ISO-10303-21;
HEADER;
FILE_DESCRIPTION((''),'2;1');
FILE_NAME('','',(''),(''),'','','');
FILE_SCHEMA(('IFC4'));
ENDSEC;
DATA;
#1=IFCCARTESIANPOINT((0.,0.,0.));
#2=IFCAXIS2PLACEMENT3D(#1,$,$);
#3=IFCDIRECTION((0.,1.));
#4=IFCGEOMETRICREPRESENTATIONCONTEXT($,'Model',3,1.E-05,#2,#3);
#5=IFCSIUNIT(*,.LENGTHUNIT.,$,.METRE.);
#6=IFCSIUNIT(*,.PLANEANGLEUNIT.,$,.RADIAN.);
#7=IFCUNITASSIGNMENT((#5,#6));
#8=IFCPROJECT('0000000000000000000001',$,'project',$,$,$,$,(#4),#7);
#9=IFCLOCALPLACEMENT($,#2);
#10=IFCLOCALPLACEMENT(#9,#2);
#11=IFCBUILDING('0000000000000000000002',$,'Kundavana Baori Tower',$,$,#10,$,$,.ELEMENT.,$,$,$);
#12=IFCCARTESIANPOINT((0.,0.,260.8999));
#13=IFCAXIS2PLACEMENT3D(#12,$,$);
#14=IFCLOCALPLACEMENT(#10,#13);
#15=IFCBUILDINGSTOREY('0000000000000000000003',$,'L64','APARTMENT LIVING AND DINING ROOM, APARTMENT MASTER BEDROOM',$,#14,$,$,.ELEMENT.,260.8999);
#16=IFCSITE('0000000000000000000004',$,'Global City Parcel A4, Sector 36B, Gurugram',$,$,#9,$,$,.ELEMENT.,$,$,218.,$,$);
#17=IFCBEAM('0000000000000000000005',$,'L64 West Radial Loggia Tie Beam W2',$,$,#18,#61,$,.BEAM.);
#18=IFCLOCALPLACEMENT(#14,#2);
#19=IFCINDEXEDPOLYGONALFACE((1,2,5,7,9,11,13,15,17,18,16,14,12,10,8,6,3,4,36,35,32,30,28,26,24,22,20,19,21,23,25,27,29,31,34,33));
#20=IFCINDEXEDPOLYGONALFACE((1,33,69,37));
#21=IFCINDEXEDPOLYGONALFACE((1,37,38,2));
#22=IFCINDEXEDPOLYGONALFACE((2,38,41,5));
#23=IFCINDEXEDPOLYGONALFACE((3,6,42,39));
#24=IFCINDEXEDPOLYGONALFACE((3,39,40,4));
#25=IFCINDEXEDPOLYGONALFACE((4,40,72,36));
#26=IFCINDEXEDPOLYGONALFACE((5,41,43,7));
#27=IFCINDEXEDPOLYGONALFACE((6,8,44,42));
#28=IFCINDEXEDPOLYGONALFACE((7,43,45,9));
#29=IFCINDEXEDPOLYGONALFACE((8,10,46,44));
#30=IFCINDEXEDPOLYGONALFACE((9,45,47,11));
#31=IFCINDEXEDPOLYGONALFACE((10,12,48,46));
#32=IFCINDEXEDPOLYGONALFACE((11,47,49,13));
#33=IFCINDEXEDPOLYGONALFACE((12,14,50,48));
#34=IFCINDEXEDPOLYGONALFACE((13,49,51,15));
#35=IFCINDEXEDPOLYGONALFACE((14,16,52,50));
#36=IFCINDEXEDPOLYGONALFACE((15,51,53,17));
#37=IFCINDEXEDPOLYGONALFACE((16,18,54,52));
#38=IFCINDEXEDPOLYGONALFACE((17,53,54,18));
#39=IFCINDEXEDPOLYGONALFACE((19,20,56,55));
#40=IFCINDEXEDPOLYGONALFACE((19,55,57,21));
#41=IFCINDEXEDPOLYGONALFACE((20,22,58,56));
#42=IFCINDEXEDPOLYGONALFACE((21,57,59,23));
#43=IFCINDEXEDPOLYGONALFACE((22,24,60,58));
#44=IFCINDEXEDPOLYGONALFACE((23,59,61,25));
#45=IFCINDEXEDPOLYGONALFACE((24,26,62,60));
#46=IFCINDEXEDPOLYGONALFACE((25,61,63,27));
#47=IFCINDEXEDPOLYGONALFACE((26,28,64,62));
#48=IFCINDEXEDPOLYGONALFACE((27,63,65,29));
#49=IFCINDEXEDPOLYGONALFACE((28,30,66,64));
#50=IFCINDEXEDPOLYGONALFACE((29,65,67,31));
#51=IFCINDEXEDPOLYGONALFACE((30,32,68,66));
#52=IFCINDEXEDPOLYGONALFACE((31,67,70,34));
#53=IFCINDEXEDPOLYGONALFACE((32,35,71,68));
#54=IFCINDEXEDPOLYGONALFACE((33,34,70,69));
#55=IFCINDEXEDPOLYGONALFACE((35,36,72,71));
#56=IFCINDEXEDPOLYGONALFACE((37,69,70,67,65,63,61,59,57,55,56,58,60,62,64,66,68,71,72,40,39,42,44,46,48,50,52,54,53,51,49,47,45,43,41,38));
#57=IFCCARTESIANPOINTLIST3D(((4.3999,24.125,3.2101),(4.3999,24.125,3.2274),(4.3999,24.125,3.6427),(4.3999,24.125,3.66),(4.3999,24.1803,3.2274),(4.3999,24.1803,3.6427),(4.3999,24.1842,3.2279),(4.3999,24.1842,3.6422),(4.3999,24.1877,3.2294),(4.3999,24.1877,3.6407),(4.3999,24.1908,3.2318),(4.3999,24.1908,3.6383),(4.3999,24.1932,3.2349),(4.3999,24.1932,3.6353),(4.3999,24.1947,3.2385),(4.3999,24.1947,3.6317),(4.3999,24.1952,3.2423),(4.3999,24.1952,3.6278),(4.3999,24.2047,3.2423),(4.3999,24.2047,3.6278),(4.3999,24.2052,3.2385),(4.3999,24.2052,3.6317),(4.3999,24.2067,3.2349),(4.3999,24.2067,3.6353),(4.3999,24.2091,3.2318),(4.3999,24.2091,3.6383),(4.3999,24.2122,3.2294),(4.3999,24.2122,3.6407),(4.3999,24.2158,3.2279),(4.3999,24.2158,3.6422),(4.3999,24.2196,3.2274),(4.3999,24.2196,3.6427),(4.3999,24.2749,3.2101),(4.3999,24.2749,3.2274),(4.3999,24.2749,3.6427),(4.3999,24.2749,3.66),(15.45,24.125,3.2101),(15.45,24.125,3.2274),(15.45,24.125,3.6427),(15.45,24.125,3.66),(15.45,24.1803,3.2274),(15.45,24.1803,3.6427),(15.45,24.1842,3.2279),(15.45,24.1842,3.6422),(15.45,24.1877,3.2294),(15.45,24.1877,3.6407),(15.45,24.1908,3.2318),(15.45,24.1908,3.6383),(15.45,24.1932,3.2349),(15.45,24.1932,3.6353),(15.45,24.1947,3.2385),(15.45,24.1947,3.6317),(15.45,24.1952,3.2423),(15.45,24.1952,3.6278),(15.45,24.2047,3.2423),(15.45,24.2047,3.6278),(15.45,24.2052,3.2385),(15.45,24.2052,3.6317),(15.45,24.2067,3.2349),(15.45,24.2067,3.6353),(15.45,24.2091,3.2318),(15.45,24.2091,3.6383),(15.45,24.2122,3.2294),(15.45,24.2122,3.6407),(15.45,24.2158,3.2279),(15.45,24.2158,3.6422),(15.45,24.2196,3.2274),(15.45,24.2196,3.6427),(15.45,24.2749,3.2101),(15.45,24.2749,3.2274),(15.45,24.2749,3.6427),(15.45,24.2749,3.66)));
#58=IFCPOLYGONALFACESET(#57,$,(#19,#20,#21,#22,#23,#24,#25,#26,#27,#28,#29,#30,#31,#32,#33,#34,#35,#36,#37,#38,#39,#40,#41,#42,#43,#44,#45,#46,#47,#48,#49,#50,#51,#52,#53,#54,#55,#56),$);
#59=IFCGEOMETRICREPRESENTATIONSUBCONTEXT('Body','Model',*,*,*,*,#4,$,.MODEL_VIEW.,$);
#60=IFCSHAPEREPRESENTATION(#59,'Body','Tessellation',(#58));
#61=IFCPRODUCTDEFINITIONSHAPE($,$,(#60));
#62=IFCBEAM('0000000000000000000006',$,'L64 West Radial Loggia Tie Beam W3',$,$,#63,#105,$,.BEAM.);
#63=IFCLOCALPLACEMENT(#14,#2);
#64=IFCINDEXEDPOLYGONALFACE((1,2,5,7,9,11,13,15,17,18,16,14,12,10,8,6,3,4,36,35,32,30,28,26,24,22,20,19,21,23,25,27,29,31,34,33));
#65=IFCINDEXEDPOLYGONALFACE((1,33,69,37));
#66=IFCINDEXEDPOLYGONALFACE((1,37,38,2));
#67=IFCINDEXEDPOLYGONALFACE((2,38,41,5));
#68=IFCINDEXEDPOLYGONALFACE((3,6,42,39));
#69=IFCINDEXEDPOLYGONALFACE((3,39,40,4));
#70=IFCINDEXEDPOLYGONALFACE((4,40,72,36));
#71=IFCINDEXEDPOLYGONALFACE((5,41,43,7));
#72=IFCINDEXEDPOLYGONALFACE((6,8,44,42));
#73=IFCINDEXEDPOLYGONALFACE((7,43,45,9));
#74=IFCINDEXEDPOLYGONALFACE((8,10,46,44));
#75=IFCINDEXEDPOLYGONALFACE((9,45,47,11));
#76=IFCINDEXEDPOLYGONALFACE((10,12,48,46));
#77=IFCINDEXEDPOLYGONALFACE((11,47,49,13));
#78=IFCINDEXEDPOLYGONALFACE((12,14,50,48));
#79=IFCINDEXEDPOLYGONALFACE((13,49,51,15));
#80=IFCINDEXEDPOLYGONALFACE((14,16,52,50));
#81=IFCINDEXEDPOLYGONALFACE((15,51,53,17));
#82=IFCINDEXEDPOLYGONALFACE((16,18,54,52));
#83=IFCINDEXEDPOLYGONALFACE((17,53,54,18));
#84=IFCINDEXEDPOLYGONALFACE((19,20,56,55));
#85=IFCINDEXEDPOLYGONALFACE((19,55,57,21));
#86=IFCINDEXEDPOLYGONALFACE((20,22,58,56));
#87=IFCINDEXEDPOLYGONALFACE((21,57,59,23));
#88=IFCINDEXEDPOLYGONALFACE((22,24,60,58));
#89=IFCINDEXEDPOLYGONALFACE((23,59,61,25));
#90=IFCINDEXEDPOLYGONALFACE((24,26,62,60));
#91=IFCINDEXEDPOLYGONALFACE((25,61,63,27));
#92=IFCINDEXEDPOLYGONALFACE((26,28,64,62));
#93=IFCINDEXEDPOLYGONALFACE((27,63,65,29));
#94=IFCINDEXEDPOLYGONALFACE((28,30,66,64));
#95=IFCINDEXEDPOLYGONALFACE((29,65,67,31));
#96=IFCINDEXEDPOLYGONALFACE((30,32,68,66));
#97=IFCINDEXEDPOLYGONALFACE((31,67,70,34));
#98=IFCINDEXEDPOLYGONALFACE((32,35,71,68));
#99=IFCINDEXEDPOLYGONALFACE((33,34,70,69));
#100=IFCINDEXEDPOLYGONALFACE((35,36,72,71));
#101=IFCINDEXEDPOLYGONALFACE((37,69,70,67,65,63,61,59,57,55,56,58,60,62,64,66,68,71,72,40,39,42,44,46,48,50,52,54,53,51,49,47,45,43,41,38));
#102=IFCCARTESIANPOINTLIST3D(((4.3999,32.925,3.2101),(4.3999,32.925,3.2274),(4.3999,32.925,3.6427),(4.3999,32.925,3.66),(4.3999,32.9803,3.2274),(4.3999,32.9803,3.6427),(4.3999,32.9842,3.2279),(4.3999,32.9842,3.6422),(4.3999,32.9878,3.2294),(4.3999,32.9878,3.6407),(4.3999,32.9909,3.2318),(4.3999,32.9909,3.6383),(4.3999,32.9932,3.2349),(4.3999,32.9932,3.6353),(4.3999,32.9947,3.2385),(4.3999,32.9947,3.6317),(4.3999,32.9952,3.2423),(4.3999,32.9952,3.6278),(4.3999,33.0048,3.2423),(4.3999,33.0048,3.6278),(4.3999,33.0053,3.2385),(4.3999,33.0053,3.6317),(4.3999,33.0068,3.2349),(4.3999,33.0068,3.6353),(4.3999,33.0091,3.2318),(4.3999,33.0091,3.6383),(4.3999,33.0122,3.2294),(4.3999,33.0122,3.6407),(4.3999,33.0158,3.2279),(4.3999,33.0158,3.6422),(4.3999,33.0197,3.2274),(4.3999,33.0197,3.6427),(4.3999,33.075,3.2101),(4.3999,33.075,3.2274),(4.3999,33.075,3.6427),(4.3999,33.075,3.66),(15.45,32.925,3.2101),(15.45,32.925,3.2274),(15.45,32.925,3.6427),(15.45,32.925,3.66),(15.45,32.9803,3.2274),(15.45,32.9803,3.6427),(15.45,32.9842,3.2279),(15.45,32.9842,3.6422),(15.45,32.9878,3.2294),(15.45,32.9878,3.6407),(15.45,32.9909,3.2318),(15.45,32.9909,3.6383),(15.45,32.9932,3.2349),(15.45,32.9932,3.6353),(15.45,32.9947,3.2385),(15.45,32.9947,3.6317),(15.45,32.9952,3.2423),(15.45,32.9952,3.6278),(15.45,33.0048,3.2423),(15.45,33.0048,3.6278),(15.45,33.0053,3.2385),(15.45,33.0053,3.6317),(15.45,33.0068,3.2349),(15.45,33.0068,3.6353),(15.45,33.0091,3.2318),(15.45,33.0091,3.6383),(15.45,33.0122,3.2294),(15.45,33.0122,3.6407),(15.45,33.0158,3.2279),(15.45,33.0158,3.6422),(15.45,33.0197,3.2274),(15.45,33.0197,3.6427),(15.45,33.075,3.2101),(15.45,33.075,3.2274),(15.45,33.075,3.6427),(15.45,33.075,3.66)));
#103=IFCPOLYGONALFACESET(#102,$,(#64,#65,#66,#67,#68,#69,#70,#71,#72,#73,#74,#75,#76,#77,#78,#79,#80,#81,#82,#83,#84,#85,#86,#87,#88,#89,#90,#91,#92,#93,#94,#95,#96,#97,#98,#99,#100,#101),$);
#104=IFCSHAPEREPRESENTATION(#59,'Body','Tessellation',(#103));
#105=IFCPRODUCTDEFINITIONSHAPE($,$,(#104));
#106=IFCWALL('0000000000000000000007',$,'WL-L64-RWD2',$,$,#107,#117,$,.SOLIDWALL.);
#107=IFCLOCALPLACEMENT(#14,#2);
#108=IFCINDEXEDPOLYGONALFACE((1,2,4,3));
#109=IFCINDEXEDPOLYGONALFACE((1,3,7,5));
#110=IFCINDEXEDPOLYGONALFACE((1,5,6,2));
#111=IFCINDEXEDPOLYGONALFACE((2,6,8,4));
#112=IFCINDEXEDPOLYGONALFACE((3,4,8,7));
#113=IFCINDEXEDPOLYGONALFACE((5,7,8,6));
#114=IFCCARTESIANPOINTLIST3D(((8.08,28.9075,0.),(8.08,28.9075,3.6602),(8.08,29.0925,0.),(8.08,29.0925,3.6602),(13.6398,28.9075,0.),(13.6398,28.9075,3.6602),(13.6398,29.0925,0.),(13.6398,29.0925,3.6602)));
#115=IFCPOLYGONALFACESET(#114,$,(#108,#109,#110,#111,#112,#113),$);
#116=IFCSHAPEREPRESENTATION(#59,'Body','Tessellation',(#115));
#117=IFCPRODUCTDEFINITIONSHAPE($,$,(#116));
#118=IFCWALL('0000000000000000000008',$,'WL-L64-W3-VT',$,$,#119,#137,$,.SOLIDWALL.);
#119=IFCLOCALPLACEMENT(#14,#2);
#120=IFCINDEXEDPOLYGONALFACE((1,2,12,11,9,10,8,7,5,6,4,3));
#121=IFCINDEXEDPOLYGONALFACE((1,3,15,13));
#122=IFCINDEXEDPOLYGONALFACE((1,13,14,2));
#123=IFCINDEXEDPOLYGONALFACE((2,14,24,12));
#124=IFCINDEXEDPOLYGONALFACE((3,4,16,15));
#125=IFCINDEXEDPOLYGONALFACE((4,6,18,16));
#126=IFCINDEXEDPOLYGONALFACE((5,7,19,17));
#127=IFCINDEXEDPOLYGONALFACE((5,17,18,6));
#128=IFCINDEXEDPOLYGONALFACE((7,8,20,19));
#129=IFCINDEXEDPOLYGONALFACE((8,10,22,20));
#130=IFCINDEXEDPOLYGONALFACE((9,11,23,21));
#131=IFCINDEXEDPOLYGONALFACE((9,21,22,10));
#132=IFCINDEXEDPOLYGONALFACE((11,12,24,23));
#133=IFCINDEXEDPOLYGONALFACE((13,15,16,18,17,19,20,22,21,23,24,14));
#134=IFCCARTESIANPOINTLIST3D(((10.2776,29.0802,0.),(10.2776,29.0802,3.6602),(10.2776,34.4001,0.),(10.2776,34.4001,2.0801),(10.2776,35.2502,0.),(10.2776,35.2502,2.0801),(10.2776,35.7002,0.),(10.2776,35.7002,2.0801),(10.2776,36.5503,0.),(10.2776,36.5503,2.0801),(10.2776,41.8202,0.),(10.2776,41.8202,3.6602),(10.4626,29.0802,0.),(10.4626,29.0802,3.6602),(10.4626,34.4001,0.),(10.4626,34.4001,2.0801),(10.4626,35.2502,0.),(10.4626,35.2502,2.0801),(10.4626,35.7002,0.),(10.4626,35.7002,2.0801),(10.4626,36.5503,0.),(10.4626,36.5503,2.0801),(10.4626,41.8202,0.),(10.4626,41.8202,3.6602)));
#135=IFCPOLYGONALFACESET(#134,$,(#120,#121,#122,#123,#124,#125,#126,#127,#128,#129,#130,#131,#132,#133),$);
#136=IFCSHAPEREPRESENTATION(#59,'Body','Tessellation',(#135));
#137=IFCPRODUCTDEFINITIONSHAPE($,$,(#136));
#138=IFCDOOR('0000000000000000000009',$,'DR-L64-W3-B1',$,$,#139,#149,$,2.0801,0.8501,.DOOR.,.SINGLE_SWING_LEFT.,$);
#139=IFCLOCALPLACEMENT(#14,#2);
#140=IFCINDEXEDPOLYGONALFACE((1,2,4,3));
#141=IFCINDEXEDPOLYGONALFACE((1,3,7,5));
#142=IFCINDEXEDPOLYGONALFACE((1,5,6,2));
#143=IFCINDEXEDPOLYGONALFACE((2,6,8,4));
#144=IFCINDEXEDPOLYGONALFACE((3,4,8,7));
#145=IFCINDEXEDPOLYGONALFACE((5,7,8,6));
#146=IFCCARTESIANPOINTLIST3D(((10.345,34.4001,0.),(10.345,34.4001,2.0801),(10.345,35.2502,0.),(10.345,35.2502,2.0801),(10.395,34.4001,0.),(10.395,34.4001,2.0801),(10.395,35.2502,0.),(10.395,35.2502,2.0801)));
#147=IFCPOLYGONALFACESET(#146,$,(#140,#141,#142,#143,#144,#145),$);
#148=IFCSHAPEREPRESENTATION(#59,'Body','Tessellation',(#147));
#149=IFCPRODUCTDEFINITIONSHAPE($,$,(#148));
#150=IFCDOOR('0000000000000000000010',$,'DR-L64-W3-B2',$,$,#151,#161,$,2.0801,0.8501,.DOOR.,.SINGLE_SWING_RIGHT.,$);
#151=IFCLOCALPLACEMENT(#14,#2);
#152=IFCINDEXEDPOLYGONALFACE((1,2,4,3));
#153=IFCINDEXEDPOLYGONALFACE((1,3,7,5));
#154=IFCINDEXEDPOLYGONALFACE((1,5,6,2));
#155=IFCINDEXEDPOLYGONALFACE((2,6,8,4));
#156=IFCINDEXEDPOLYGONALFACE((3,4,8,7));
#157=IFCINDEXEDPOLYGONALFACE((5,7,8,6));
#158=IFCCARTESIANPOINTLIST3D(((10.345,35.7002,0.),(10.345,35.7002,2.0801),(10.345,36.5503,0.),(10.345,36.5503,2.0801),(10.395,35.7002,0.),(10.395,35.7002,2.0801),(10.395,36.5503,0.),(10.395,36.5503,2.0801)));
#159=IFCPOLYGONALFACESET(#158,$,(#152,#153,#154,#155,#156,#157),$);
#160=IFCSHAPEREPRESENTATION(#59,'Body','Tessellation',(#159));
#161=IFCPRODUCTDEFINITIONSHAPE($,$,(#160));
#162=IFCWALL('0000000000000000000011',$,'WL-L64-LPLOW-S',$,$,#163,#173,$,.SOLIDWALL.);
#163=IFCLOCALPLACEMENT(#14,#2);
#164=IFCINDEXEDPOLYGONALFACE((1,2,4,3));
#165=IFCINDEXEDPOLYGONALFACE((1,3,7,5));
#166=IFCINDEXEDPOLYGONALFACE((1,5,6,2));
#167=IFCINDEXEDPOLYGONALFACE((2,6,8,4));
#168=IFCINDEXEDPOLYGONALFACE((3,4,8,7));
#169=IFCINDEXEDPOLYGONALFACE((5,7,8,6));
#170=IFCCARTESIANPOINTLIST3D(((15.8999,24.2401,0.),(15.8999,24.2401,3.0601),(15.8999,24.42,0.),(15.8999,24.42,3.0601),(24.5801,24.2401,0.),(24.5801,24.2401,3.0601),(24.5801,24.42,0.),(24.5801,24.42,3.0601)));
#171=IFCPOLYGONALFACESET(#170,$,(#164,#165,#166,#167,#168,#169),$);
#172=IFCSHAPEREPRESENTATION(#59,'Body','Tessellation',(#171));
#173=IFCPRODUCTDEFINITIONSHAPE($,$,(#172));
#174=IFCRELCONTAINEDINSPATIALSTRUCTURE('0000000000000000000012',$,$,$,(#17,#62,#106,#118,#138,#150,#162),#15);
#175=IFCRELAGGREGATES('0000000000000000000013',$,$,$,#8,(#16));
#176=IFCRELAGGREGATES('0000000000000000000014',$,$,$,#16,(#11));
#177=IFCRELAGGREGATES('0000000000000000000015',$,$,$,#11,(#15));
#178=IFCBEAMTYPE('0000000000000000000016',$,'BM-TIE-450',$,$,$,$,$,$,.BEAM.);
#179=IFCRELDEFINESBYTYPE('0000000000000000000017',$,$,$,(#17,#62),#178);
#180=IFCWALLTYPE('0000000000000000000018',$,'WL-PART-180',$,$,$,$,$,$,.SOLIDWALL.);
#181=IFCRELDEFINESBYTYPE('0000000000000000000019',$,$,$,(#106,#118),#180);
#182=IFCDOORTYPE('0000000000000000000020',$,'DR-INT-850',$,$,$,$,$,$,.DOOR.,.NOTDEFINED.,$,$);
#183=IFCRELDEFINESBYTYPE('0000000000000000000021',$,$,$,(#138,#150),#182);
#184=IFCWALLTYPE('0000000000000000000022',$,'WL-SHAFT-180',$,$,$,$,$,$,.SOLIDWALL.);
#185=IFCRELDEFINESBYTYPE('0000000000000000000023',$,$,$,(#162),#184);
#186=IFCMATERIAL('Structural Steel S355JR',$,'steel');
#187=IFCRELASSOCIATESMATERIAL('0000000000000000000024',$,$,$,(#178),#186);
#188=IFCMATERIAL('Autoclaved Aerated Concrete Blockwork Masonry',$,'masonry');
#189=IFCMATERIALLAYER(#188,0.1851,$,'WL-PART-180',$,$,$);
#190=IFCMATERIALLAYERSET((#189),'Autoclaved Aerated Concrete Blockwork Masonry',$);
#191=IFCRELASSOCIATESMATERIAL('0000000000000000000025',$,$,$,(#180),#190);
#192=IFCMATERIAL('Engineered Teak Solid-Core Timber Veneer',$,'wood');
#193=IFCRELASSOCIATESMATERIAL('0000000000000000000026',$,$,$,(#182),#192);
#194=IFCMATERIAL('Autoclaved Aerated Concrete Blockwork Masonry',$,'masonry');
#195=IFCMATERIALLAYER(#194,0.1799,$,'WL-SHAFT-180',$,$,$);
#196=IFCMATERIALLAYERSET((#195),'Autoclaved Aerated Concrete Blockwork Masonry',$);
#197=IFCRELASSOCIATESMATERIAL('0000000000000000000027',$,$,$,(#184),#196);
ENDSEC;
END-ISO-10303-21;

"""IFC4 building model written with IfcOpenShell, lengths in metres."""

from ifc_helpers import new_model, si_unit, direction, frame, frame_2d, origin, origin_2d, place, context, subcontext, project, spatial, rectangle, i_section, extrude, material, layer, layer_set, material_profile, profile_set, type_object, element, fill, save


model = new_model("IFC4")

# Units and contexts
model_context = context("Model", 3, precision=1e-05, world=origin(), true_north=direction((0.0, 1.0)))
body_context = subcontext(model_context, "Body", "Model", "MODEL_VIEW")
ifc_project = project(units=[si_unit("LENGTHUNIT", "METRE"), si_unit("PLANEANGLEUNIT", "RADIAN")], contexts=[model_context])

# Site, building, storey
site_placement = place(None, origin())
site = spatial("IfcSite", under=ifc_project, at=site_placement, Name="Global City Parcel A4, Sector 36B, Gurugram", CompositionType="ELEMENT", RefElevation=218.0)
building_placement = place(site_placement, origin())
building = spatial("IfcBuilding", under=site, at=building_placement, Name="Kundavana Baori Tower", CompositionType="ELEMENT")
storey_placement = place(building_placement, frame((0.0, 0.0, 260.8999)))
storey = spatial("IfcBuildingStorey", under=building, at=storey_placement, Name="L64", Description="APARTMENT LIVING AND DINING ROOM, APARTMENT MASTER BEDROOM", CompositionType="ELEMENT", Elevation=260.8999)

# Beams
ifc_material_1 = material(Name="Structural Steel S355JR", Category="steel")
ifc_material_profile_1 = material_profile(ifc_material_1, i_section(OverallWidth=0.1499, OverallDepth=0.45, WebThickness=0.0095, FlangeThickness=0.0173, FilletRadius=0.0149, at=origin_2d()), Name="ISMB 450")
ifc_profile_set_1 = profile_set([ifc_material_profile_1], Name="Structural Steel S355JR")
beam_type_1 = type_object("IfcBeamType", Name="BM-TIE-450", PredefinedType="BEAM", material=ifc_profile_set_1)
for number, where, z_axis, x_axis, name in (
    (1, (15.45, 24.2, 3.4351), (-1.0, 0.0, 0.0), (0.0, -1.0, 0.0), "L64 West Radial Loggia Tie Beam W2"),
    (2, (15.45, 33.0, 3.4351), (-1.0, 0.0, 0.0), (0.0, -1.0, 0.0), "L64 West Radial Loggia Tie Beam W3"),
):
    element("IfcBeam", number, at=place(storey_placement, frame(where, z_axis=z_axis, x_axis=x_axis)), inside=storey, type_object=beam_type_1, Name=name, PredefinedType="BEAM", context=body_context, shape_type="SweptSolid", body=[
        extrude(i_section(OverallWidth=0.1499, OverallDepth=0.45, WebThickness=0.0095, FlangeThickness=0.0173, FilletRadius=0.0149, at=origin_2d()), origin(), (0.0, 0.0, 1.0), 11.05),
    ])

# Wall
ifc_material_2 = material(Name="Autoclaved Aerated Concrete Blockwork Masonry", Category="masonry")
ifc_layer_1 = layer(ifc_material_2, 0.1851, Name="WL-PART-180")
ifc_layer_set_1 = layer_set([ifc_layer_1], Name="Autoclaved Aerated Concrete Blockwork Masonry")
wall_type_1 = type_object("IfcWallType", Name="WL-PART-180", PredefinedType="SOLIDWALL", material=ifc_layer_set_1)
wall_1_placement = place(storey_placement, frame((8.0801, 29.0, 0.0), z_axis=(0.0, 0.0, 1.0), x_axis=(1.0, 0.0, 0.0)))
element("IfcWall", 3, at=wall_1_placement, inside=storey, type_object=wall_type_1, Name="WL-L64-RWD2", PredefinedType="SOLIDWALL", context=body_context, shape_type="SweptSolid", body=[
    extrude(rectangle(XDim=5.5598, YDim=0.1851, at=frame_2d((2.7798, 0.0))), origin(), (0.0, 0.0, 1.0), 3.6602),
])

# Wall, openings, doors
wall_2_placement = place(storey_placement, frame((10.3701, 29.0801, 0.0), z_axis=(0.0, 0.0, 1.0), x_axis=(0.0, 1.0, 0.0)))
wall_2 = element("IfcWall", 4, at=wall_2_placement, inside=storey, type_object=wall_type_1, Name="WL-L64-W3-VT", PredefinedType="SOLIDWALL", context=body_context, shape_type="SweptSolid", body=[
    extrude(rectangle(XDim=12.74, YDim=0.1851, at=frame_2d((6.3701, 0.0))), origin(), (0.0, 0.0, 1.0), 3.6602),
])
opening_1_placement = place(wall_2_placement, frame((5.3201, 0.0, 0.0)))
opening_1 = element("IfcOpeningElement", 5, at=opening_1_placement, cuts=wall_2, PredefinedType="OPENING", context=body_context, shape_type="SweptSolid", body=[
    extrude(rectangle(XDim=0.8501, YDim=2.0801, at=frame_2d((0.425, 1.04))), frame((0.0, 0.1025, 0.0), z_axis=(0.0, -1.0, 0.0), x_axis=(1.0, 0.0, 0.0)), (0.0, 0.0, 1.0), 0.2051),
])
opening_2_placement = place(wall_2_placement, frame((6.6201, 0.0, 0.0)))
opening_2 = element("IfcOpeningElement", 6, at=opening_2_placement, cuts=wall_2, PredefinedType="OPENING", context=body_context, shape_type="SweptSolid", body=[
    extrude(rectangle(XDim=0.8501, YDim=2.0801, at=frame_2d((0.425, 1.04))), frame((0.0, 0.1025, 0.0), z_axis=(0.0, -1.0, 0.0), x_axis=(1.0, 0.0, 0.0)), (0.0, 0.0, 1.0), 0.2051),
])
ifc_material_3 = material(Name="Engineered Teak Solid-Core Timber Veneer", Category="wood")
door_type_1 = type_object("IfcDoorType", Name="DR-INT-850", OperationType="NOTDEFINED", PredefinedType="DOOR", material=ifc_material_3)
door_1_placement = place(opening_1_placement, frame((0.8501, 0.0, 0.0), z_axis=(0.0, 0.0, 1.0), x_axis=(-1.0, 0.0, 0.0)))
door_1 = element("IfcDoor", 7, at=door_1_placement, inside=storey, type_object=door_type_1, Name="DR-L64-W3-B1", OperationType="SINGLE_SWING_LEFT", OverallHeight=2.0801, OverallWidth=0.8501, PredefinedType="DOOR", context=body_context, shape_type="SweptSolid", body=[
    extrude(rectangle(XDim=0.8501, YDim=2.0801, at=frame_2d((0.425, 1.04))), frame((0.0, 0.0249, 0.0), z_axis=(0.0, -1.0, 0.0), x_axis=(1.0, 0.0, 0.0)), (0.0, 0.0, 1.0), 0.05),
])
fill(opening_1, door_1)
door_2_placement = place(opening_2_placement, frame((0.8501, 0.0, 0.0), z_axis=(0.0, 0.0, 1.0), x_axis=(-1.0, 0.0, 0.0)))
door_2 = element("IfcDoor", 8, at=door_2_placement, inside=storey, type_object=door_type_1, Name="DR-L64-W3-B2", OperationType="SINGLE_SWING_RIGHT", OverallHeight=2.0801, OverallWidth=0.8501, PredefinedType="DOOR", context=body_context, shape_type="SweptSolid", body=[
    extrude(rectangle(XDim=0.8501, YDim=2.0801, at=frame_2d((0.425, 1.04))), frame((0.0, 0.0249, 0.0), z_axis=(0.0, -1.0, 0.0), x_axis=(1.0, 0.0, 0.0)), (0.0, 0.0, 1.0), 0.05),
])
fill(opening_2, door_2)

# Wall
ifc_material_4 = material(Name="Autoclaved Aerated Concrete Blockwork Masonry", Category="masonry")
ifc_layer_2 = layer(ifc_material_4, 0.1799, Name="WL-SHAFT-180")
ifc_layer_set_2 = layer_set([ifc_layer_2], Name="Autoclaved Aerated Concrete Blockwork Masonry")
wall_type_2 = type_object("IfcWallType", Name="WL-SHAFT-180", PredefinedType="SOLIDWALL", material=ifc_layer_set_2)
wall_3_placement = place(storey_placement, frame((15.8999, 24.3301, 0.0), z_axis=(0.0, 0.0, 1.0), x_axis=(1.0, 0.0, 0.0)))
element("IfcWall", 9, at=wall_3_placement, inside=storey, type_object=wall_type_2, Name="WL-L64-LPLOW-S", PredefinedType="SOLIDWALL", context=body_context, shape_type="SweptSolid", body=[
    extrude(rectangle(XDim=8.6802, YDim=0.1799, at=frame_2d((4.3401, 0.0))), origin(), (0.0, 0.0, 1.0), 3.0601),
])

save(model, "model.ifc")
